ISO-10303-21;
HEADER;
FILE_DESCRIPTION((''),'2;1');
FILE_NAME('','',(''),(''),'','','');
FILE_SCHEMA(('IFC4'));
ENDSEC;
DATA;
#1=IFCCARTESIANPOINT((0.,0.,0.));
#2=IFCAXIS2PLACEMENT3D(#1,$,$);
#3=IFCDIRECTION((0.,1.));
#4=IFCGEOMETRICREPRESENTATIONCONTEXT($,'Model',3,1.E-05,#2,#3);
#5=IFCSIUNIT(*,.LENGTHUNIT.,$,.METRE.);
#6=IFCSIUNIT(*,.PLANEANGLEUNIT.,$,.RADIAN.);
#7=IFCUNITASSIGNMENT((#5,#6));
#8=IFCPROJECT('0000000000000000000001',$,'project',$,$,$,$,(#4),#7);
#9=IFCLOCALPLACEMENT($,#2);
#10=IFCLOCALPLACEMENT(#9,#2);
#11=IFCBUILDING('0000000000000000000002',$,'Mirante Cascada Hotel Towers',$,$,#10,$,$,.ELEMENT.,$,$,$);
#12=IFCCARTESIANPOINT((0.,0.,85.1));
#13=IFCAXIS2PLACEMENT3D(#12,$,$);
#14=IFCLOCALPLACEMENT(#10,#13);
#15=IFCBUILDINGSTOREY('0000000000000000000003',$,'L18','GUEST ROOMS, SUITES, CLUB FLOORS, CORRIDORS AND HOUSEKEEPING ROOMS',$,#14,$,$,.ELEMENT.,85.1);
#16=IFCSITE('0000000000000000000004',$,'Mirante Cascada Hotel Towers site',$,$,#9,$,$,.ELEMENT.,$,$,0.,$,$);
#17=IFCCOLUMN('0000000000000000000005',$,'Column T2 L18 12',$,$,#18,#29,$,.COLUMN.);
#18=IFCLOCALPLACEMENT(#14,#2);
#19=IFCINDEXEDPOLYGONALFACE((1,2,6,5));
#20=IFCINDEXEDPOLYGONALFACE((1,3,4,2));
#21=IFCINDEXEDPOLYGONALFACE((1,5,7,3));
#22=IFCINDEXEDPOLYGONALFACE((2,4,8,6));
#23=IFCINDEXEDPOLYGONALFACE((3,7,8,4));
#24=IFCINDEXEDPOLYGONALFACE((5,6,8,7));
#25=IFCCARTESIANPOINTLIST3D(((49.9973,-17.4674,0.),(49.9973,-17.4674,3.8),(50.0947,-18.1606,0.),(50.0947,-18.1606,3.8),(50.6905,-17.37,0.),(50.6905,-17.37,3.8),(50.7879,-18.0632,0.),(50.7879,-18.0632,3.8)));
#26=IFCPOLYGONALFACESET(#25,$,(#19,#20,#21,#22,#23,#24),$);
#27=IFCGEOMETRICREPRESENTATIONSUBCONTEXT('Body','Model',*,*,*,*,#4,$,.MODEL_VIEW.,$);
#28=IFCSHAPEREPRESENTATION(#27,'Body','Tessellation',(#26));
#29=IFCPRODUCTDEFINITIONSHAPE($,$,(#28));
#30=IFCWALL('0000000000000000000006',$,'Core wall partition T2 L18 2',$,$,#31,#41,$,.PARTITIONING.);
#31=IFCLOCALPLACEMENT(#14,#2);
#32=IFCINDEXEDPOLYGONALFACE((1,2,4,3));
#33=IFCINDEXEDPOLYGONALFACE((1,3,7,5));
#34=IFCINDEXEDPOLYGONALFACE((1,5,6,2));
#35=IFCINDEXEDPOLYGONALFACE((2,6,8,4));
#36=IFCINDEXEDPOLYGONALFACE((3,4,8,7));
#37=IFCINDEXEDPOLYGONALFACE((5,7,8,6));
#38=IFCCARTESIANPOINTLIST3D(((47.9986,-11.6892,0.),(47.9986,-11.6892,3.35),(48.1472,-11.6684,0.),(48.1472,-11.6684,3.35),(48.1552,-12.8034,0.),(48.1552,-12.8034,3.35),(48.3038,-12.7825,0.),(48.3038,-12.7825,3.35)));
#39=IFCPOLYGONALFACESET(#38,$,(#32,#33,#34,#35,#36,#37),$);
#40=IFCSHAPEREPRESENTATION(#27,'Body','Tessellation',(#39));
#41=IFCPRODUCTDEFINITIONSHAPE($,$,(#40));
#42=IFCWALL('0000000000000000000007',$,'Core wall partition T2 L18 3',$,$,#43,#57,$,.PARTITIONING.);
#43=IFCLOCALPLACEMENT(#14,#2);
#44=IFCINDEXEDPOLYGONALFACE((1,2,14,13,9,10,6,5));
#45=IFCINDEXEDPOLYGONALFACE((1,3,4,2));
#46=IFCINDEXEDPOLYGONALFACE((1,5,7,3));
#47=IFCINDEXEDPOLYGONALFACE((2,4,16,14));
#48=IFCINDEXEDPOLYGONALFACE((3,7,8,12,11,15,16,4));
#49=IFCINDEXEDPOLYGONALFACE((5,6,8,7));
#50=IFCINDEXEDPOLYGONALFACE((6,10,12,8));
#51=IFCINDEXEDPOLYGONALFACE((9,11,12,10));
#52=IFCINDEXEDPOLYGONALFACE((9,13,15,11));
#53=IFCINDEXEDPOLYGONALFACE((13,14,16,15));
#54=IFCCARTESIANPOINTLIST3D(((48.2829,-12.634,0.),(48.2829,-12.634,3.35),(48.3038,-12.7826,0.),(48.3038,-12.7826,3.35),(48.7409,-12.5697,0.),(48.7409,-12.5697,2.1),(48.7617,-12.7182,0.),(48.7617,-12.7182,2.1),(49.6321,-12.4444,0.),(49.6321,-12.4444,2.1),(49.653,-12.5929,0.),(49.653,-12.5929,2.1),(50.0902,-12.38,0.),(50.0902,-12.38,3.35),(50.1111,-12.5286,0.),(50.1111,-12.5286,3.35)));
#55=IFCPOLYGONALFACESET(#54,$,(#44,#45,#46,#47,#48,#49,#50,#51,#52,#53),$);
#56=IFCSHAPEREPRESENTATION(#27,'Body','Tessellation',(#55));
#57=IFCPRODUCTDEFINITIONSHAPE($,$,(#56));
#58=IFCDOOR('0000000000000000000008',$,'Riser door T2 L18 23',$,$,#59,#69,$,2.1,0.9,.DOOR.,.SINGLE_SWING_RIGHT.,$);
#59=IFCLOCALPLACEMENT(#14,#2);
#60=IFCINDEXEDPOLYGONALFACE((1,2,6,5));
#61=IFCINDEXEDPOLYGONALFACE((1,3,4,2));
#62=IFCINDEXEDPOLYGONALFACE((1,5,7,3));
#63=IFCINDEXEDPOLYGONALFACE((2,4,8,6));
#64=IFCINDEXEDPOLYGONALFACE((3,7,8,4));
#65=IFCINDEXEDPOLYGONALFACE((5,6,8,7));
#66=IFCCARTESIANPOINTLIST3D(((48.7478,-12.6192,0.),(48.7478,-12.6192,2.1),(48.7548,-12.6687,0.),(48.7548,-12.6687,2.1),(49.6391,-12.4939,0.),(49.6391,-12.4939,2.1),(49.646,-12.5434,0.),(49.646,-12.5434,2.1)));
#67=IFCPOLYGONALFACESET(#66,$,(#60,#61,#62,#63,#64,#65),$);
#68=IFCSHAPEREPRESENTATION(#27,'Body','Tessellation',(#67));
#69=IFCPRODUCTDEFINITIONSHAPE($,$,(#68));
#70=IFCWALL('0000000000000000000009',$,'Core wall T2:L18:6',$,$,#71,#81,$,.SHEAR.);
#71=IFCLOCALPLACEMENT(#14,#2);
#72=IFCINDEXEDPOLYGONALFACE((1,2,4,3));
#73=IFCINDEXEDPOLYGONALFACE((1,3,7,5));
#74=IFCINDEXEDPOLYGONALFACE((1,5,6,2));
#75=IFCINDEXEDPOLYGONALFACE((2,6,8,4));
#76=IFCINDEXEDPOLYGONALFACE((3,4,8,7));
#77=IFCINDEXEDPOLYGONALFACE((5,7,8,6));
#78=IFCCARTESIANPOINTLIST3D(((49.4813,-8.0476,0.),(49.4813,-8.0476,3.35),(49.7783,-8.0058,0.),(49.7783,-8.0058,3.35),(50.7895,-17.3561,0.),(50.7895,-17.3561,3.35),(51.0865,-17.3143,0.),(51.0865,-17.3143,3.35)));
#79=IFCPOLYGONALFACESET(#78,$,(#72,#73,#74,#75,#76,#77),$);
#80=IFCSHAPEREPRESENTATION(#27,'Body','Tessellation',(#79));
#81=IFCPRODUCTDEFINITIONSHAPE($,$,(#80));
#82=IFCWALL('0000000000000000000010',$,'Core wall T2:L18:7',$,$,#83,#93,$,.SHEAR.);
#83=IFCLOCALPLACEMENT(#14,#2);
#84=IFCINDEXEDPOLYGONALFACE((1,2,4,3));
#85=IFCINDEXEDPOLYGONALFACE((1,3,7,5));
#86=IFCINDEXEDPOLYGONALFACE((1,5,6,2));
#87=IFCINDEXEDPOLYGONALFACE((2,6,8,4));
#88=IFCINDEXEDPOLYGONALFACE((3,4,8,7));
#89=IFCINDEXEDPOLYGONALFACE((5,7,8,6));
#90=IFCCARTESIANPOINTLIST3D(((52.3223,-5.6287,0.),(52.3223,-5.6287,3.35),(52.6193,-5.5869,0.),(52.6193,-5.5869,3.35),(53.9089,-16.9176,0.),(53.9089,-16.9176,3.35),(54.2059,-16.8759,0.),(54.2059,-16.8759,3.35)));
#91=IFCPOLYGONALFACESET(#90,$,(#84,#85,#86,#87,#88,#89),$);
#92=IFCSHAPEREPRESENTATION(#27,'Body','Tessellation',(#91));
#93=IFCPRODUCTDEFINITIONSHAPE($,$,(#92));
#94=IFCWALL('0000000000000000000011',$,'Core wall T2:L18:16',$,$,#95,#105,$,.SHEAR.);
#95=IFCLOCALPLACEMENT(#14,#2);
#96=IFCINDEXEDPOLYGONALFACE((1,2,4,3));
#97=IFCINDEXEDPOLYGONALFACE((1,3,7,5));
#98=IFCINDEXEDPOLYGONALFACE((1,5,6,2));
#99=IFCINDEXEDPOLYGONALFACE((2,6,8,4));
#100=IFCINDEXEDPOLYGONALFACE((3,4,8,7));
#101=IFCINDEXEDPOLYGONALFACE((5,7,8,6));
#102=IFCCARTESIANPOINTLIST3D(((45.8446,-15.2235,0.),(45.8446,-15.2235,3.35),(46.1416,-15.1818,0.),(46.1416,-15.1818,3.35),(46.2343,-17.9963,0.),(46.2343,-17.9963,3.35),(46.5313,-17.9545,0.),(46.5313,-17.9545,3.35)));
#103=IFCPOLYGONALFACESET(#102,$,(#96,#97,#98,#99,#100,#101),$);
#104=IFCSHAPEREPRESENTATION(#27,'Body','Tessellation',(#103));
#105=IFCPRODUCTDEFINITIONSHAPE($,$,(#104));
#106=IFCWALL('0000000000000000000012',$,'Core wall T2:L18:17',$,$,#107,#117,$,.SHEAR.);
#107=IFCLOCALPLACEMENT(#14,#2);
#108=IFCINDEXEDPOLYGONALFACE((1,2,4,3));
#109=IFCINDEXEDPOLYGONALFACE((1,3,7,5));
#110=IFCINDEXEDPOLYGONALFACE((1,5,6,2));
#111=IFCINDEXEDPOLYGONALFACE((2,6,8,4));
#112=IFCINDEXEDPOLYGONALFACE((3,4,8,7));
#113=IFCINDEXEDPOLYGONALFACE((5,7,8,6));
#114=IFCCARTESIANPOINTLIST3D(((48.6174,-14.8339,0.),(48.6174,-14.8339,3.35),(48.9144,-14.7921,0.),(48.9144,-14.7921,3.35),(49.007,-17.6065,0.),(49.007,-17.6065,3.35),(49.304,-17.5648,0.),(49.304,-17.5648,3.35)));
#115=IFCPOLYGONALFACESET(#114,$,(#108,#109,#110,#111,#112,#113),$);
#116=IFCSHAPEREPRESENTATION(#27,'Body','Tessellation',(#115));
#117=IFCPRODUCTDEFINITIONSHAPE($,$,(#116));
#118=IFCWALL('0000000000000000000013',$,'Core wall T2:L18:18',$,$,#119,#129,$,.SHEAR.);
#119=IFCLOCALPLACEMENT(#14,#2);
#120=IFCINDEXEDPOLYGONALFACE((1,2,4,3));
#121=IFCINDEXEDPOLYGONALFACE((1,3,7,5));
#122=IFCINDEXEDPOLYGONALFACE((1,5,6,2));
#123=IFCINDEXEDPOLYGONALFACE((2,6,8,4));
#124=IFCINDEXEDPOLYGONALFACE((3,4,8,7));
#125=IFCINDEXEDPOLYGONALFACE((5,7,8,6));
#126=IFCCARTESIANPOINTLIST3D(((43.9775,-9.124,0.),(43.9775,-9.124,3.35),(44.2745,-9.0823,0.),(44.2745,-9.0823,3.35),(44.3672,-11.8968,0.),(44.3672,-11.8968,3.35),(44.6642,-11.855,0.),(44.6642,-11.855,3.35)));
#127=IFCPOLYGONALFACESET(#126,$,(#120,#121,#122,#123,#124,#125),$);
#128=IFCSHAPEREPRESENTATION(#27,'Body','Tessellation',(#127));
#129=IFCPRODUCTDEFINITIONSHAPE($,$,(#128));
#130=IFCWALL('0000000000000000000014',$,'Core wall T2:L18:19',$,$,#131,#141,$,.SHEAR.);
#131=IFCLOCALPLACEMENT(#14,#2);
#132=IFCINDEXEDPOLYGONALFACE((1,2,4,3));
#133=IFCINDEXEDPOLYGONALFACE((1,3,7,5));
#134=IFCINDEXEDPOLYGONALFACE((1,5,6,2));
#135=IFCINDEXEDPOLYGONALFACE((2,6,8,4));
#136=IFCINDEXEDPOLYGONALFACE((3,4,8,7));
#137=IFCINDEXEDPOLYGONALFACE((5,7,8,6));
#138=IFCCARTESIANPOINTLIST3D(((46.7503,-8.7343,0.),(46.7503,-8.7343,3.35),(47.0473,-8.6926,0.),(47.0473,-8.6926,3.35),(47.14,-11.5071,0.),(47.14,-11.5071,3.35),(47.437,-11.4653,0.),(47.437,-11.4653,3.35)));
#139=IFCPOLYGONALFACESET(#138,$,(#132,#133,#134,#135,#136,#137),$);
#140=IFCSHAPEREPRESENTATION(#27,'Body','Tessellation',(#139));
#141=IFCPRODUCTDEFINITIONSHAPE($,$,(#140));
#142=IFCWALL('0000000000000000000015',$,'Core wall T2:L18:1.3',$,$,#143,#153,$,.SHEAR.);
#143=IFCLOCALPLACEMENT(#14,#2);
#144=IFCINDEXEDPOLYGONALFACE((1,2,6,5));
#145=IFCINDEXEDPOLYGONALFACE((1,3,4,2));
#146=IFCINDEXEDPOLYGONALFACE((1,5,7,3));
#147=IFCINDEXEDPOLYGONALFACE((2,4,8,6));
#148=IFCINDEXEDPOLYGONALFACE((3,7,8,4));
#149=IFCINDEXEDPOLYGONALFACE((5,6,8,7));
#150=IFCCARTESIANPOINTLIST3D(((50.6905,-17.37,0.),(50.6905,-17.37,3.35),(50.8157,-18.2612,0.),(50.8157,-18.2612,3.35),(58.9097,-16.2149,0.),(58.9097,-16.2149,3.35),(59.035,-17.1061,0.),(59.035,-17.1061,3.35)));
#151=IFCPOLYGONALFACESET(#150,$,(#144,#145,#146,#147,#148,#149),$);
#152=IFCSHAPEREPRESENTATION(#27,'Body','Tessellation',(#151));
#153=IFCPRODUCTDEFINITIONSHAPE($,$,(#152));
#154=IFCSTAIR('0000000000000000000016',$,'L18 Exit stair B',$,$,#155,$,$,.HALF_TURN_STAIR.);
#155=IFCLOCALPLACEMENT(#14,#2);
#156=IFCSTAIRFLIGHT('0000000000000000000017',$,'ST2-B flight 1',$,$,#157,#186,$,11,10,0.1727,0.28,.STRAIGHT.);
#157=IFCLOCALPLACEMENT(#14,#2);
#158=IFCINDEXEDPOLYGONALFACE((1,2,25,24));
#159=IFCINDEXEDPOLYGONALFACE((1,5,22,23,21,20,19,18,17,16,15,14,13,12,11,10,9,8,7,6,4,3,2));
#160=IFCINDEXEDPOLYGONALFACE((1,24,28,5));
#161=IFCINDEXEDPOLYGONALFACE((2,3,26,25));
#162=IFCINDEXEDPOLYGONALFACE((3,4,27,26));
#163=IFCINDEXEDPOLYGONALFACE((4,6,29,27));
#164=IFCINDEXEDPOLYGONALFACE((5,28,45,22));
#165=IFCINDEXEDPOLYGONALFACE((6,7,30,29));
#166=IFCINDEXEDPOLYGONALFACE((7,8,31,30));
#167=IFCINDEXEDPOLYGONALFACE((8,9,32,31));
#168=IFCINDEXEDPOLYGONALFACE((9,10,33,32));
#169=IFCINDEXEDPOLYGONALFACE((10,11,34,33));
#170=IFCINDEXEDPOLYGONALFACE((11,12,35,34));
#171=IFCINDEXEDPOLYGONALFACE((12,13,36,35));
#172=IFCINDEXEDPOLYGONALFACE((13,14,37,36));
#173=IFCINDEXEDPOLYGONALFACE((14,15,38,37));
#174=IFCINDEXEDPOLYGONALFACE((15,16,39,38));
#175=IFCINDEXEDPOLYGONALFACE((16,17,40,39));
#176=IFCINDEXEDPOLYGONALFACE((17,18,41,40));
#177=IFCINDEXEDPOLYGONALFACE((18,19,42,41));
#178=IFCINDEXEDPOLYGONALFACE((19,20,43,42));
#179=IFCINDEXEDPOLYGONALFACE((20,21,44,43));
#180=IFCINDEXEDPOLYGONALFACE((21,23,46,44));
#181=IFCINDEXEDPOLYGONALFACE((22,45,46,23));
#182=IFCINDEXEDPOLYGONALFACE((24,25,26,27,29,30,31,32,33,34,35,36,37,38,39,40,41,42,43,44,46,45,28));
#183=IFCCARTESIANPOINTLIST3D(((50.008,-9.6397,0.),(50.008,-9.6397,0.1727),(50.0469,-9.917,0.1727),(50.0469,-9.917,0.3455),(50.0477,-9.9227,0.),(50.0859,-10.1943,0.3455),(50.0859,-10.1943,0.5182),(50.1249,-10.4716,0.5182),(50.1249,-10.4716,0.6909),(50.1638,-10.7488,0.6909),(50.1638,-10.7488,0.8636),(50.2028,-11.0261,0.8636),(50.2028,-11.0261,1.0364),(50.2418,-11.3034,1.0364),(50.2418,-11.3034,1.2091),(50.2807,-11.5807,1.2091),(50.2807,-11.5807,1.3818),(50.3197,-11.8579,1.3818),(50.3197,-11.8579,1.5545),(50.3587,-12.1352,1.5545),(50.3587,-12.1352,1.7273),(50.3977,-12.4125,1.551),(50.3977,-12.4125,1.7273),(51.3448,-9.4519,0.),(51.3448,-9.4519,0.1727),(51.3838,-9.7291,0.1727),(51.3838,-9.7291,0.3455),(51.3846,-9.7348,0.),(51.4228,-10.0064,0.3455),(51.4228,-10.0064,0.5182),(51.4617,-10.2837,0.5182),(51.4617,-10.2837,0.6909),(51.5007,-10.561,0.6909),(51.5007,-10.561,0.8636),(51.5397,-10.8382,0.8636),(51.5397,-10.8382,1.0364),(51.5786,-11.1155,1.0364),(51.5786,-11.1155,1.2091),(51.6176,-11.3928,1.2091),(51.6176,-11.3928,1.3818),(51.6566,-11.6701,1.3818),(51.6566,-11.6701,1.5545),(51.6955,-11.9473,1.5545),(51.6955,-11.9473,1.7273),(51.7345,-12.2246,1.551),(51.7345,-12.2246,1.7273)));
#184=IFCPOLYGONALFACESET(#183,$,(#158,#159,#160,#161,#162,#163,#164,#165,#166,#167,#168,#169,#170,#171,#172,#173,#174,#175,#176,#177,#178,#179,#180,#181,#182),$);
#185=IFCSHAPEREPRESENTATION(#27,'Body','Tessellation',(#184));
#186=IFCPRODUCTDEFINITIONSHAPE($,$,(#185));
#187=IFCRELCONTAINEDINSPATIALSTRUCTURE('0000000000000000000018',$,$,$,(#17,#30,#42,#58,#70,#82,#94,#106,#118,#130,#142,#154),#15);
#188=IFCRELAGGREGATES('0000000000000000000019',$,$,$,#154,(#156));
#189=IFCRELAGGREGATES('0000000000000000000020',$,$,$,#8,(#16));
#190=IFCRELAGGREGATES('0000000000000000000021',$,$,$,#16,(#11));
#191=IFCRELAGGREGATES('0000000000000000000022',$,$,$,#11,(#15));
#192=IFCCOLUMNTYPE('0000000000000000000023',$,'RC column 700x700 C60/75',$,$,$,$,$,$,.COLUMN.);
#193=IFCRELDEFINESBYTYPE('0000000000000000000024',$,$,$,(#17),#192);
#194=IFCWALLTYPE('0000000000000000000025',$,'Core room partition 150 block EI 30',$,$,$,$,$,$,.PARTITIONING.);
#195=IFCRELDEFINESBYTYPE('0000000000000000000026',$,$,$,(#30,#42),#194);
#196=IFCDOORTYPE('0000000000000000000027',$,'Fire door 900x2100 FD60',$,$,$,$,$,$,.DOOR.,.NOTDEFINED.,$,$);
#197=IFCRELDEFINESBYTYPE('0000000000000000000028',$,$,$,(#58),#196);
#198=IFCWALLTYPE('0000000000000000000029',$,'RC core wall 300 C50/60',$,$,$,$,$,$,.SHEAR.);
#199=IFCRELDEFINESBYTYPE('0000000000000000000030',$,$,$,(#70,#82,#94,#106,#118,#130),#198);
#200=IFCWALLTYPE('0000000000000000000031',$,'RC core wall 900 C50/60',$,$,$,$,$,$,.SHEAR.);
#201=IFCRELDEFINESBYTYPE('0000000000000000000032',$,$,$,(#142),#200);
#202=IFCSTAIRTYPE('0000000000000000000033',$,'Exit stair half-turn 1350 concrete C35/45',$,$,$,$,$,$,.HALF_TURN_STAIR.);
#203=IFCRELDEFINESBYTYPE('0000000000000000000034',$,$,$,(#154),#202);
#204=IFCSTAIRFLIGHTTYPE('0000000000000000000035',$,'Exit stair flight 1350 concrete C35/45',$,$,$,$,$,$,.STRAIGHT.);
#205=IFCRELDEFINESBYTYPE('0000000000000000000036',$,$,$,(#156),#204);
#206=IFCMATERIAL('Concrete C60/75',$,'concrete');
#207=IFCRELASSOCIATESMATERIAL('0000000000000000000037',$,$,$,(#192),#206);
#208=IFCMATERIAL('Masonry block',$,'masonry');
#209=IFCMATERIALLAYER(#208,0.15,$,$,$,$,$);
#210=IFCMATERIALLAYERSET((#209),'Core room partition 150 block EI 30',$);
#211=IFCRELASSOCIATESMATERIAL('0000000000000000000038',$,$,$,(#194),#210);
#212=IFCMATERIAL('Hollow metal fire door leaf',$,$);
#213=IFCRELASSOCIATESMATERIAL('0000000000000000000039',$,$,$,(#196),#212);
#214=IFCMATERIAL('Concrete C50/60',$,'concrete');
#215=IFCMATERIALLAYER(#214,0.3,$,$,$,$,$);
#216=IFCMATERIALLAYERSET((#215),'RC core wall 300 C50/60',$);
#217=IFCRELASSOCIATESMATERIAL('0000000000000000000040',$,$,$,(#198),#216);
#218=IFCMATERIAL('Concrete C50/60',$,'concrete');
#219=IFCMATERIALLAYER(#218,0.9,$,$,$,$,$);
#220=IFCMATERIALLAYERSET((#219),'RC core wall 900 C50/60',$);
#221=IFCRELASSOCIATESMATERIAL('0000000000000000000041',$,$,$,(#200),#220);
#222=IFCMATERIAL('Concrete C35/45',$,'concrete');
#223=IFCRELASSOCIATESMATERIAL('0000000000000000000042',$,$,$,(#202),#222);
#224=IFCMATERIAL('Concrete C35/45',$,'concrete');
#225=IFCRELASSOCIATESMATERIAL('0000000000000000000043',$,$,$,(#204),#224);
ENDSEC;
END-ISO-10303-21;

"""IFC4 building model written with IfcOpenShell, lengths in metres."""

from ifc_helpers import new_model, si_unit, direction, frame, frame_2d, origin, origin_2d, place, context, subcontext, project, spatial, polyline, rectangle, outline, extrude, material, layer, layer_set, material_profile, profile_set, type_object, element, fill, aggregate, save


model = new_model("IFC4")

# Units and contexts
model_context = context("Model", 3, precision=1e-05, world=origin(), true_north=direction((0.0, 1.0)))
body_context = subcontext(model_context, "Body", "Model", "MODEL_VIEW")
ifc_project = project(units=[si_unit("LENGTHUNIT", "METRE"), si_unit("PLANEANGLEUNIT", "RADIAN")], contexts=[model_context])

# Site, building, storey
site_placement = place(None, origin())
site = spatial("IfcSite", under=ifc_project, at=site_placement, Name="Mirante Cascada Hotel Towers site", CompositionType="ELEMENT", RefElevation=0.0)
building_placement = place(site_placement, origin())
building = spatial("IfcBuilding", under=site, at=building_placement, Name="Mirante Cascada Hotel Towers", CompositionType="ELEMENT")
storey_placement = place(building_placement, frame((0.0, 0.0, 85.1)))
storey = spatial("IfcBuildingStorey", under=building, at=storey_placement, Name="L18", Description="GUEST ROOMS, SUITES, CLUB FLOORS, CORRIDORS AND HOUSEKEEPING ROOMS", CompositionType="ELEMENT", Elevation=85.1)

# Column
ifc_material_1 = material(Name="Concrete C60/75", Category="concrete")
ifc_material_profile = material_profile(ifc_material_1, rectangle(XDim=0.7, YDim=0.7, at=origin_2d()), Name="RC column 700x700 C60/75")
ifc_profile_set = profile_set([ifc_material_profile], Name="Concrete C60/75")
column_type = type_object("IfcColumnType", Name="RC column 700x700 C60/75", PredefinedType="COLUMN", material=ifc_profile_set)
column_placement = place(storey_placement, frame((50.3926, -17.7653, 0.0), z_axis=(0.0, 0.0, 1.0), x_axis=(0.990268, 0.139173, 0.0)))
element("IfcColumn", 1, at=column_placement, inside=storey, type_object=column_type, Name="Column T2 L18 12", PredefinedType="COLUMN", context=body_context, shape_type="SweptSolid", body=[
    extrude(rectangle(XDim=0.7, YDim=0.7, at=origin_2d()), origin(), (0.0, 0.0, 1.0), 3.8),
])

# Wall
ifc_material_2 = material(Name="Masonry block", Category="masonry")
ifc_layer_1 = layer(ifc_material_2, 0.15)
ifc_layer_set_1 = layer_set([ifc_layer_1], Name="Core room partition 150 block EI 30")
wall_type_1 = type_object("IfcWallType", Name="Core room partition 150 block EI 30", PredefinedType="PARTITIONING", material=ifc_layer_set_1)
wall_1_placement = place(storey_placement, frame((48.2295, -12.793, 0.0), z_axis=(0.0, 0.0, 1.0), x_axis=(-0.139193, 0.990265, 0.0)))
element("IfcWall", 2, at=wall_1_placement, inside=storey, type_object=wall_type_1, Name="Core wall partition T2 L18 2", PredefinedType="PARTITIONING", context=body_context, shape_type="SweptSolid", body=[
    extrude(rectangle(XDim=1.1251, YDim=0.15, at=frame_2d((0.5626, 0.0))), origin(), (0.0, 0.0, 1.0), 3.35),
])

# Wall, opening, door
wall_2_placement = place(storey_placement, frame((48.2933, -12.7083, 0.0), z_axis=(0.0, 0.0, 1.0), x_axis=(0.990268, 0.139173, 0.0)))
wall_2 = element("IfcWall", 3, at=wall_2_placement, inside=storey, type_object=wall_type_1, Name="Core wall partition T2 L18 3", PredefinedType="PARTITIONING", context=body_context, shape_type="SweptSolid", body=[
    extrude(rectangle(XDim=1.8251, YDim=0.15, at=frame_2d((0.9126, 0.0))), origin(), (0.0, 0.0, 1.0), 3.35),
])
opening_1_placement = place(wall_2_placement, frame((0.4625, 0.0, 0.0)))
opening_1 = element("IfcOpeningElement", 4, at=opening_1_placement, cuts=wall_2, PredefinedType="OPENING", context=body_context, shape_type="SweptSolid", body=[
    extrude(rectangle(XDim=0.9, YDim=2.1, at=frame_2d((0.45, 1.05))), frame((0.0, 0.075, 0.0), z_axis=(0.0, -1.0, 0.0), x_axis=(1.0, 0.0, 0.0)), (0.0, 0.0, 1.0), 0.15),
])
ifc_material_3 = material(Name="Hollow metal fire door leaf")
door_type_1 = type_object("IfcDoorType", Name="Fire door 900x2100 FD60", OperationType="NOTDEFINED", PredefinedType="DOOR", material=ifc_material_3)
door_1_placement = place(opening_1_placement, frame((0.9, 0.0, 0.0), z_axis=(0.0, 0.0, 1.0), x_axis=(-1.0, 0.0, 0.0)))
door_1 = element("IfcDoor", 5, at=door_1_placement, inside=storey, type_object=door_type_1, Name="Riser door T2 L18 23", OperationType="SINGLE_SWING_RIGHT", OverallHeight=2.1, OverallWidth=0.9, PredefinedType="DOOR", context=body_context, shape_type="SweptSolid", body=[
    extrude(rectangle(XDim=0.9, YDim=2.1, at=frame_2d((0.45, 1.05))), frame((0.0, 0.025, 0.0), z_axis=(0.0, -1.0, 0.0), x_axis=(1.0, 0.0, 0.0)), (0.0, 0.0, 1.0), 0.05),
])
fill(opening_1, door_1)

# Walls
ifc_material_4 = material(Name="Concrete C50/60", Category="concrete")
ifc_layer_2 = layer(ifc_material_4, 0.3)
ifc_layer_set_2 = layer_set([ifc_layer_2], Name="RC core wall 300 C50/60")
wall_type_2 = type_object("IfcWallType", Name="RC core wall 300 C50/60", PredefinedType="SHEAR", material=ifc_layer_set_2)
wall_3_placement = place(storey_placement, frame((50.938, -17.3352, 0.0), z_axis=(0.0, 0.0, 1.0), x_axis=(-0.139171, 0.990268, 0.0)))
element("IfcWall", 6, at=wall_3_placement, inside=storey, type_object=wall_type_2, Name="Core wall T2:L18:6", PredefinedType="SHEAR", context=body_context, shape_type="SweptSolid", body=[
    extrude(rectangle(XDim=9.4, YDim=0.3, at=frame_2d((4.7, 0.0))), origin(), (0.0, 0.0, 1.0), 3.35),
])
wall_4_placement = place(storey_placement, frame((54.0574, -16.8968, 0.0), z_axis=(0.0, 0.0, 1.0), x_axis=(-0.139176, 0.990268, 0.0)))
element("IfcWall", 7, at=wall_4_placement, inside=storey, type_object=wall_type_2, Name="Core wall T2:L18:7", PredefinedType="SHEAR", context=body_context, shape_type="SweptSolid", body=[
    extrude(rectangle(XDim=11.3999, YDim=0.3, at=frame_2d((5.7, 0.0))), origin(), (0.0, 0.0, 1.0), 3.35),
])
wall_5_placement = place(storey_placement, frame((46.3828, -17.9754, 0.0), z_axis=(0.0, 0.0, 1.0), x_axis=(-0.139181, 0.990267, 0.0)))
element("IfcWall", 8, at=wall_5_placement, inside=storey, type_object=wall_type_2, Name="Core wall T2:L18:16", PredefinedType="SHEAR", context=body_context, shape_type="SweptSolid", body=[
    extrude(rectangle(XDim=2.8, YDim=0.3, at=frame_2d((1.4, 0.0))), origin(), (0.0, 0.0, 1.0), 3.35),
])
wall_6_placement = place(storey_placement, frame((49.1555, -17.5857, 0.0), z_axis=(0.0, 0.0, 1.0), x_axis=(-0.139146, 0.990272, 0.0)))
element("IfcWall", 9, at=wall_6_placement, inside=storey, type_object=wall_type_2, Name="Core wall T2:L18:17", PredefinedType="SHEAR", context=body_context, shape_type="SweptSolid", body=[
    extrude(rectangle(XDim=2.7999, YDim=0.3, at=frame_2d((1.4, 0.0))), origin(), (0.0, 0.0, 1.0), 3.35),
])
for number, where, z_axis, x_axis, name in (
    (10, (44.5157, -11.8759, 0.0), (0.0, 0.0, 1.0), (-0.139181, 0.990267, 0.0), "Core wall T2:L18:18"),
    (11, (47.2885, -11.4862, 0.0), (0.0, 0.0, 1.0), (-0.139181, 0.990267, 0.0), "Core wall T2:L18:19"),
):
    element("IfcWall", number, at=place(storey_placement, frame(where, z_axis=z_axis, x_axis=x_axis)), inside=storey, type_object=wall_type_2, Name=name, PredefinedType="SHEAR", context=body_context, shape_type="SweptSolid", body=[
        extrude(rectangle(XDim=2.8, YDim=0.3, at=frame_2d((1.4, 0.0))), origin(), (0.0, 0.0, 1.0), 3.35),
    ])

# Wall
ifc_material_5 = material(Name="Concrete C50/60", Category="concrete")
ifc_layer_3 = layer(ifc_material_5, 0.9)
ifc_layer_set_3 = layer_set([ifc_layer_3], Name="RC core wall 900 C50/60")
wall_type_3 = type_object("IfcWallType", Name="RC core wall 900 C50/60", PredefinedType="SHEAR", material=ifc_layer_set_3)
wall_7_placement = place(storey_placement, frame((50.7531, -17.8156, 0.0), z_axis=(0.0, 0.0, 1.0), x_axis=(0.990269, 0.139169, 0.0)))
element("IfcWall", 12, at=wall_7_placement, inside=storey, type_object=wall_type_3, Name="Core wall T2:L18:1.3", PredefinedType="SHEAR", context=body_context, shape_type="SweptSolid", body=[
    extrude(rectangle(XDim=8.3, YDim=0.9, at=frame_2d((4.15, 0.0))), origin(), (0.0, 0.0, 1.0), 3.35),
])

# Stair, stair flight
ifc_material_6 = material(Name="Concrete C35/45", Category="concrete")
stair_type = type_object("IfcStairType", Name="Exit stair half-turn 1350 concrete C35/45", PredefinedType="HALF_TURN_STAIR", material=ifc_material_6)
stair_placement = place(storey_placement, origin())
stair = element("IfcStair", 13, at=stair_placement, inside=storey, type_object=stair_type, Name="L18 Exit stair B", PredefinedType="HALF_TURN_STAIR")
ifc_material_7 = material(Name="Concrete C35/45", Category="concrete")
stair_flight_type = type_object("IfcStairFlightType", Name="Exit stair flight 1350 concrete C35/45", PredefinedType="STRAIGHT", material=ifc_material_7)
stair_flight_1_placement = place(storey_placement, frame((50.6764, -9.5458, 0.0), z_axis=(0.0, 0.0, 1.0), x_axis=(0.139173, -0.990268, 0.0)))
stair_flight_1 = element("IfcStairFlight", 14, at=stair_flight_1_placement, type_object=stair_flight_type, Name="ST2-B flight 1", NumberOfRisers=11, NumberOfTreads=10, PredefinedType="STRAIGHT", RiserHeight=0.1727, TreadLength=0.28, context=body_context, shape_type="SweptSolid", body=[
    extrude(outline(polyline([(0.0, 0.0), (0.0, 0.1727), (0.28, 0.1727), (0.28, 0.3455), (0.56, 0.3455), (0.56, 0.5182), (0.84, 0.5182), (0.84, 0.6909), (1.12, 0.6909), (1.12, 0.8636), (1.4, 0.8636), (1.4, 1.0364), (1.68, 1.0364), (1.68, 1.2091), (1.96, 1.2091), (1.96, 1.3818), (2.24, 1.3818), (2.24, 1.5545), (2.52, 1.5545), (2.52, 1.7273), (2.8, 1.7273), (2.8, 1.9), (2.8, 1.551), (0.2857, 0.0), (0.0, 0.0)])), frame((0.0, 0.675, 0.0), z_axis=(0.0, -1.0, 0.0), x_axis=(1.0, 0.0, 0.0)), (0.0, 0.0, 1.0), 1.35),
])
aggregate(stair, [stair_flight_1])

save(model, "model.ifc")
